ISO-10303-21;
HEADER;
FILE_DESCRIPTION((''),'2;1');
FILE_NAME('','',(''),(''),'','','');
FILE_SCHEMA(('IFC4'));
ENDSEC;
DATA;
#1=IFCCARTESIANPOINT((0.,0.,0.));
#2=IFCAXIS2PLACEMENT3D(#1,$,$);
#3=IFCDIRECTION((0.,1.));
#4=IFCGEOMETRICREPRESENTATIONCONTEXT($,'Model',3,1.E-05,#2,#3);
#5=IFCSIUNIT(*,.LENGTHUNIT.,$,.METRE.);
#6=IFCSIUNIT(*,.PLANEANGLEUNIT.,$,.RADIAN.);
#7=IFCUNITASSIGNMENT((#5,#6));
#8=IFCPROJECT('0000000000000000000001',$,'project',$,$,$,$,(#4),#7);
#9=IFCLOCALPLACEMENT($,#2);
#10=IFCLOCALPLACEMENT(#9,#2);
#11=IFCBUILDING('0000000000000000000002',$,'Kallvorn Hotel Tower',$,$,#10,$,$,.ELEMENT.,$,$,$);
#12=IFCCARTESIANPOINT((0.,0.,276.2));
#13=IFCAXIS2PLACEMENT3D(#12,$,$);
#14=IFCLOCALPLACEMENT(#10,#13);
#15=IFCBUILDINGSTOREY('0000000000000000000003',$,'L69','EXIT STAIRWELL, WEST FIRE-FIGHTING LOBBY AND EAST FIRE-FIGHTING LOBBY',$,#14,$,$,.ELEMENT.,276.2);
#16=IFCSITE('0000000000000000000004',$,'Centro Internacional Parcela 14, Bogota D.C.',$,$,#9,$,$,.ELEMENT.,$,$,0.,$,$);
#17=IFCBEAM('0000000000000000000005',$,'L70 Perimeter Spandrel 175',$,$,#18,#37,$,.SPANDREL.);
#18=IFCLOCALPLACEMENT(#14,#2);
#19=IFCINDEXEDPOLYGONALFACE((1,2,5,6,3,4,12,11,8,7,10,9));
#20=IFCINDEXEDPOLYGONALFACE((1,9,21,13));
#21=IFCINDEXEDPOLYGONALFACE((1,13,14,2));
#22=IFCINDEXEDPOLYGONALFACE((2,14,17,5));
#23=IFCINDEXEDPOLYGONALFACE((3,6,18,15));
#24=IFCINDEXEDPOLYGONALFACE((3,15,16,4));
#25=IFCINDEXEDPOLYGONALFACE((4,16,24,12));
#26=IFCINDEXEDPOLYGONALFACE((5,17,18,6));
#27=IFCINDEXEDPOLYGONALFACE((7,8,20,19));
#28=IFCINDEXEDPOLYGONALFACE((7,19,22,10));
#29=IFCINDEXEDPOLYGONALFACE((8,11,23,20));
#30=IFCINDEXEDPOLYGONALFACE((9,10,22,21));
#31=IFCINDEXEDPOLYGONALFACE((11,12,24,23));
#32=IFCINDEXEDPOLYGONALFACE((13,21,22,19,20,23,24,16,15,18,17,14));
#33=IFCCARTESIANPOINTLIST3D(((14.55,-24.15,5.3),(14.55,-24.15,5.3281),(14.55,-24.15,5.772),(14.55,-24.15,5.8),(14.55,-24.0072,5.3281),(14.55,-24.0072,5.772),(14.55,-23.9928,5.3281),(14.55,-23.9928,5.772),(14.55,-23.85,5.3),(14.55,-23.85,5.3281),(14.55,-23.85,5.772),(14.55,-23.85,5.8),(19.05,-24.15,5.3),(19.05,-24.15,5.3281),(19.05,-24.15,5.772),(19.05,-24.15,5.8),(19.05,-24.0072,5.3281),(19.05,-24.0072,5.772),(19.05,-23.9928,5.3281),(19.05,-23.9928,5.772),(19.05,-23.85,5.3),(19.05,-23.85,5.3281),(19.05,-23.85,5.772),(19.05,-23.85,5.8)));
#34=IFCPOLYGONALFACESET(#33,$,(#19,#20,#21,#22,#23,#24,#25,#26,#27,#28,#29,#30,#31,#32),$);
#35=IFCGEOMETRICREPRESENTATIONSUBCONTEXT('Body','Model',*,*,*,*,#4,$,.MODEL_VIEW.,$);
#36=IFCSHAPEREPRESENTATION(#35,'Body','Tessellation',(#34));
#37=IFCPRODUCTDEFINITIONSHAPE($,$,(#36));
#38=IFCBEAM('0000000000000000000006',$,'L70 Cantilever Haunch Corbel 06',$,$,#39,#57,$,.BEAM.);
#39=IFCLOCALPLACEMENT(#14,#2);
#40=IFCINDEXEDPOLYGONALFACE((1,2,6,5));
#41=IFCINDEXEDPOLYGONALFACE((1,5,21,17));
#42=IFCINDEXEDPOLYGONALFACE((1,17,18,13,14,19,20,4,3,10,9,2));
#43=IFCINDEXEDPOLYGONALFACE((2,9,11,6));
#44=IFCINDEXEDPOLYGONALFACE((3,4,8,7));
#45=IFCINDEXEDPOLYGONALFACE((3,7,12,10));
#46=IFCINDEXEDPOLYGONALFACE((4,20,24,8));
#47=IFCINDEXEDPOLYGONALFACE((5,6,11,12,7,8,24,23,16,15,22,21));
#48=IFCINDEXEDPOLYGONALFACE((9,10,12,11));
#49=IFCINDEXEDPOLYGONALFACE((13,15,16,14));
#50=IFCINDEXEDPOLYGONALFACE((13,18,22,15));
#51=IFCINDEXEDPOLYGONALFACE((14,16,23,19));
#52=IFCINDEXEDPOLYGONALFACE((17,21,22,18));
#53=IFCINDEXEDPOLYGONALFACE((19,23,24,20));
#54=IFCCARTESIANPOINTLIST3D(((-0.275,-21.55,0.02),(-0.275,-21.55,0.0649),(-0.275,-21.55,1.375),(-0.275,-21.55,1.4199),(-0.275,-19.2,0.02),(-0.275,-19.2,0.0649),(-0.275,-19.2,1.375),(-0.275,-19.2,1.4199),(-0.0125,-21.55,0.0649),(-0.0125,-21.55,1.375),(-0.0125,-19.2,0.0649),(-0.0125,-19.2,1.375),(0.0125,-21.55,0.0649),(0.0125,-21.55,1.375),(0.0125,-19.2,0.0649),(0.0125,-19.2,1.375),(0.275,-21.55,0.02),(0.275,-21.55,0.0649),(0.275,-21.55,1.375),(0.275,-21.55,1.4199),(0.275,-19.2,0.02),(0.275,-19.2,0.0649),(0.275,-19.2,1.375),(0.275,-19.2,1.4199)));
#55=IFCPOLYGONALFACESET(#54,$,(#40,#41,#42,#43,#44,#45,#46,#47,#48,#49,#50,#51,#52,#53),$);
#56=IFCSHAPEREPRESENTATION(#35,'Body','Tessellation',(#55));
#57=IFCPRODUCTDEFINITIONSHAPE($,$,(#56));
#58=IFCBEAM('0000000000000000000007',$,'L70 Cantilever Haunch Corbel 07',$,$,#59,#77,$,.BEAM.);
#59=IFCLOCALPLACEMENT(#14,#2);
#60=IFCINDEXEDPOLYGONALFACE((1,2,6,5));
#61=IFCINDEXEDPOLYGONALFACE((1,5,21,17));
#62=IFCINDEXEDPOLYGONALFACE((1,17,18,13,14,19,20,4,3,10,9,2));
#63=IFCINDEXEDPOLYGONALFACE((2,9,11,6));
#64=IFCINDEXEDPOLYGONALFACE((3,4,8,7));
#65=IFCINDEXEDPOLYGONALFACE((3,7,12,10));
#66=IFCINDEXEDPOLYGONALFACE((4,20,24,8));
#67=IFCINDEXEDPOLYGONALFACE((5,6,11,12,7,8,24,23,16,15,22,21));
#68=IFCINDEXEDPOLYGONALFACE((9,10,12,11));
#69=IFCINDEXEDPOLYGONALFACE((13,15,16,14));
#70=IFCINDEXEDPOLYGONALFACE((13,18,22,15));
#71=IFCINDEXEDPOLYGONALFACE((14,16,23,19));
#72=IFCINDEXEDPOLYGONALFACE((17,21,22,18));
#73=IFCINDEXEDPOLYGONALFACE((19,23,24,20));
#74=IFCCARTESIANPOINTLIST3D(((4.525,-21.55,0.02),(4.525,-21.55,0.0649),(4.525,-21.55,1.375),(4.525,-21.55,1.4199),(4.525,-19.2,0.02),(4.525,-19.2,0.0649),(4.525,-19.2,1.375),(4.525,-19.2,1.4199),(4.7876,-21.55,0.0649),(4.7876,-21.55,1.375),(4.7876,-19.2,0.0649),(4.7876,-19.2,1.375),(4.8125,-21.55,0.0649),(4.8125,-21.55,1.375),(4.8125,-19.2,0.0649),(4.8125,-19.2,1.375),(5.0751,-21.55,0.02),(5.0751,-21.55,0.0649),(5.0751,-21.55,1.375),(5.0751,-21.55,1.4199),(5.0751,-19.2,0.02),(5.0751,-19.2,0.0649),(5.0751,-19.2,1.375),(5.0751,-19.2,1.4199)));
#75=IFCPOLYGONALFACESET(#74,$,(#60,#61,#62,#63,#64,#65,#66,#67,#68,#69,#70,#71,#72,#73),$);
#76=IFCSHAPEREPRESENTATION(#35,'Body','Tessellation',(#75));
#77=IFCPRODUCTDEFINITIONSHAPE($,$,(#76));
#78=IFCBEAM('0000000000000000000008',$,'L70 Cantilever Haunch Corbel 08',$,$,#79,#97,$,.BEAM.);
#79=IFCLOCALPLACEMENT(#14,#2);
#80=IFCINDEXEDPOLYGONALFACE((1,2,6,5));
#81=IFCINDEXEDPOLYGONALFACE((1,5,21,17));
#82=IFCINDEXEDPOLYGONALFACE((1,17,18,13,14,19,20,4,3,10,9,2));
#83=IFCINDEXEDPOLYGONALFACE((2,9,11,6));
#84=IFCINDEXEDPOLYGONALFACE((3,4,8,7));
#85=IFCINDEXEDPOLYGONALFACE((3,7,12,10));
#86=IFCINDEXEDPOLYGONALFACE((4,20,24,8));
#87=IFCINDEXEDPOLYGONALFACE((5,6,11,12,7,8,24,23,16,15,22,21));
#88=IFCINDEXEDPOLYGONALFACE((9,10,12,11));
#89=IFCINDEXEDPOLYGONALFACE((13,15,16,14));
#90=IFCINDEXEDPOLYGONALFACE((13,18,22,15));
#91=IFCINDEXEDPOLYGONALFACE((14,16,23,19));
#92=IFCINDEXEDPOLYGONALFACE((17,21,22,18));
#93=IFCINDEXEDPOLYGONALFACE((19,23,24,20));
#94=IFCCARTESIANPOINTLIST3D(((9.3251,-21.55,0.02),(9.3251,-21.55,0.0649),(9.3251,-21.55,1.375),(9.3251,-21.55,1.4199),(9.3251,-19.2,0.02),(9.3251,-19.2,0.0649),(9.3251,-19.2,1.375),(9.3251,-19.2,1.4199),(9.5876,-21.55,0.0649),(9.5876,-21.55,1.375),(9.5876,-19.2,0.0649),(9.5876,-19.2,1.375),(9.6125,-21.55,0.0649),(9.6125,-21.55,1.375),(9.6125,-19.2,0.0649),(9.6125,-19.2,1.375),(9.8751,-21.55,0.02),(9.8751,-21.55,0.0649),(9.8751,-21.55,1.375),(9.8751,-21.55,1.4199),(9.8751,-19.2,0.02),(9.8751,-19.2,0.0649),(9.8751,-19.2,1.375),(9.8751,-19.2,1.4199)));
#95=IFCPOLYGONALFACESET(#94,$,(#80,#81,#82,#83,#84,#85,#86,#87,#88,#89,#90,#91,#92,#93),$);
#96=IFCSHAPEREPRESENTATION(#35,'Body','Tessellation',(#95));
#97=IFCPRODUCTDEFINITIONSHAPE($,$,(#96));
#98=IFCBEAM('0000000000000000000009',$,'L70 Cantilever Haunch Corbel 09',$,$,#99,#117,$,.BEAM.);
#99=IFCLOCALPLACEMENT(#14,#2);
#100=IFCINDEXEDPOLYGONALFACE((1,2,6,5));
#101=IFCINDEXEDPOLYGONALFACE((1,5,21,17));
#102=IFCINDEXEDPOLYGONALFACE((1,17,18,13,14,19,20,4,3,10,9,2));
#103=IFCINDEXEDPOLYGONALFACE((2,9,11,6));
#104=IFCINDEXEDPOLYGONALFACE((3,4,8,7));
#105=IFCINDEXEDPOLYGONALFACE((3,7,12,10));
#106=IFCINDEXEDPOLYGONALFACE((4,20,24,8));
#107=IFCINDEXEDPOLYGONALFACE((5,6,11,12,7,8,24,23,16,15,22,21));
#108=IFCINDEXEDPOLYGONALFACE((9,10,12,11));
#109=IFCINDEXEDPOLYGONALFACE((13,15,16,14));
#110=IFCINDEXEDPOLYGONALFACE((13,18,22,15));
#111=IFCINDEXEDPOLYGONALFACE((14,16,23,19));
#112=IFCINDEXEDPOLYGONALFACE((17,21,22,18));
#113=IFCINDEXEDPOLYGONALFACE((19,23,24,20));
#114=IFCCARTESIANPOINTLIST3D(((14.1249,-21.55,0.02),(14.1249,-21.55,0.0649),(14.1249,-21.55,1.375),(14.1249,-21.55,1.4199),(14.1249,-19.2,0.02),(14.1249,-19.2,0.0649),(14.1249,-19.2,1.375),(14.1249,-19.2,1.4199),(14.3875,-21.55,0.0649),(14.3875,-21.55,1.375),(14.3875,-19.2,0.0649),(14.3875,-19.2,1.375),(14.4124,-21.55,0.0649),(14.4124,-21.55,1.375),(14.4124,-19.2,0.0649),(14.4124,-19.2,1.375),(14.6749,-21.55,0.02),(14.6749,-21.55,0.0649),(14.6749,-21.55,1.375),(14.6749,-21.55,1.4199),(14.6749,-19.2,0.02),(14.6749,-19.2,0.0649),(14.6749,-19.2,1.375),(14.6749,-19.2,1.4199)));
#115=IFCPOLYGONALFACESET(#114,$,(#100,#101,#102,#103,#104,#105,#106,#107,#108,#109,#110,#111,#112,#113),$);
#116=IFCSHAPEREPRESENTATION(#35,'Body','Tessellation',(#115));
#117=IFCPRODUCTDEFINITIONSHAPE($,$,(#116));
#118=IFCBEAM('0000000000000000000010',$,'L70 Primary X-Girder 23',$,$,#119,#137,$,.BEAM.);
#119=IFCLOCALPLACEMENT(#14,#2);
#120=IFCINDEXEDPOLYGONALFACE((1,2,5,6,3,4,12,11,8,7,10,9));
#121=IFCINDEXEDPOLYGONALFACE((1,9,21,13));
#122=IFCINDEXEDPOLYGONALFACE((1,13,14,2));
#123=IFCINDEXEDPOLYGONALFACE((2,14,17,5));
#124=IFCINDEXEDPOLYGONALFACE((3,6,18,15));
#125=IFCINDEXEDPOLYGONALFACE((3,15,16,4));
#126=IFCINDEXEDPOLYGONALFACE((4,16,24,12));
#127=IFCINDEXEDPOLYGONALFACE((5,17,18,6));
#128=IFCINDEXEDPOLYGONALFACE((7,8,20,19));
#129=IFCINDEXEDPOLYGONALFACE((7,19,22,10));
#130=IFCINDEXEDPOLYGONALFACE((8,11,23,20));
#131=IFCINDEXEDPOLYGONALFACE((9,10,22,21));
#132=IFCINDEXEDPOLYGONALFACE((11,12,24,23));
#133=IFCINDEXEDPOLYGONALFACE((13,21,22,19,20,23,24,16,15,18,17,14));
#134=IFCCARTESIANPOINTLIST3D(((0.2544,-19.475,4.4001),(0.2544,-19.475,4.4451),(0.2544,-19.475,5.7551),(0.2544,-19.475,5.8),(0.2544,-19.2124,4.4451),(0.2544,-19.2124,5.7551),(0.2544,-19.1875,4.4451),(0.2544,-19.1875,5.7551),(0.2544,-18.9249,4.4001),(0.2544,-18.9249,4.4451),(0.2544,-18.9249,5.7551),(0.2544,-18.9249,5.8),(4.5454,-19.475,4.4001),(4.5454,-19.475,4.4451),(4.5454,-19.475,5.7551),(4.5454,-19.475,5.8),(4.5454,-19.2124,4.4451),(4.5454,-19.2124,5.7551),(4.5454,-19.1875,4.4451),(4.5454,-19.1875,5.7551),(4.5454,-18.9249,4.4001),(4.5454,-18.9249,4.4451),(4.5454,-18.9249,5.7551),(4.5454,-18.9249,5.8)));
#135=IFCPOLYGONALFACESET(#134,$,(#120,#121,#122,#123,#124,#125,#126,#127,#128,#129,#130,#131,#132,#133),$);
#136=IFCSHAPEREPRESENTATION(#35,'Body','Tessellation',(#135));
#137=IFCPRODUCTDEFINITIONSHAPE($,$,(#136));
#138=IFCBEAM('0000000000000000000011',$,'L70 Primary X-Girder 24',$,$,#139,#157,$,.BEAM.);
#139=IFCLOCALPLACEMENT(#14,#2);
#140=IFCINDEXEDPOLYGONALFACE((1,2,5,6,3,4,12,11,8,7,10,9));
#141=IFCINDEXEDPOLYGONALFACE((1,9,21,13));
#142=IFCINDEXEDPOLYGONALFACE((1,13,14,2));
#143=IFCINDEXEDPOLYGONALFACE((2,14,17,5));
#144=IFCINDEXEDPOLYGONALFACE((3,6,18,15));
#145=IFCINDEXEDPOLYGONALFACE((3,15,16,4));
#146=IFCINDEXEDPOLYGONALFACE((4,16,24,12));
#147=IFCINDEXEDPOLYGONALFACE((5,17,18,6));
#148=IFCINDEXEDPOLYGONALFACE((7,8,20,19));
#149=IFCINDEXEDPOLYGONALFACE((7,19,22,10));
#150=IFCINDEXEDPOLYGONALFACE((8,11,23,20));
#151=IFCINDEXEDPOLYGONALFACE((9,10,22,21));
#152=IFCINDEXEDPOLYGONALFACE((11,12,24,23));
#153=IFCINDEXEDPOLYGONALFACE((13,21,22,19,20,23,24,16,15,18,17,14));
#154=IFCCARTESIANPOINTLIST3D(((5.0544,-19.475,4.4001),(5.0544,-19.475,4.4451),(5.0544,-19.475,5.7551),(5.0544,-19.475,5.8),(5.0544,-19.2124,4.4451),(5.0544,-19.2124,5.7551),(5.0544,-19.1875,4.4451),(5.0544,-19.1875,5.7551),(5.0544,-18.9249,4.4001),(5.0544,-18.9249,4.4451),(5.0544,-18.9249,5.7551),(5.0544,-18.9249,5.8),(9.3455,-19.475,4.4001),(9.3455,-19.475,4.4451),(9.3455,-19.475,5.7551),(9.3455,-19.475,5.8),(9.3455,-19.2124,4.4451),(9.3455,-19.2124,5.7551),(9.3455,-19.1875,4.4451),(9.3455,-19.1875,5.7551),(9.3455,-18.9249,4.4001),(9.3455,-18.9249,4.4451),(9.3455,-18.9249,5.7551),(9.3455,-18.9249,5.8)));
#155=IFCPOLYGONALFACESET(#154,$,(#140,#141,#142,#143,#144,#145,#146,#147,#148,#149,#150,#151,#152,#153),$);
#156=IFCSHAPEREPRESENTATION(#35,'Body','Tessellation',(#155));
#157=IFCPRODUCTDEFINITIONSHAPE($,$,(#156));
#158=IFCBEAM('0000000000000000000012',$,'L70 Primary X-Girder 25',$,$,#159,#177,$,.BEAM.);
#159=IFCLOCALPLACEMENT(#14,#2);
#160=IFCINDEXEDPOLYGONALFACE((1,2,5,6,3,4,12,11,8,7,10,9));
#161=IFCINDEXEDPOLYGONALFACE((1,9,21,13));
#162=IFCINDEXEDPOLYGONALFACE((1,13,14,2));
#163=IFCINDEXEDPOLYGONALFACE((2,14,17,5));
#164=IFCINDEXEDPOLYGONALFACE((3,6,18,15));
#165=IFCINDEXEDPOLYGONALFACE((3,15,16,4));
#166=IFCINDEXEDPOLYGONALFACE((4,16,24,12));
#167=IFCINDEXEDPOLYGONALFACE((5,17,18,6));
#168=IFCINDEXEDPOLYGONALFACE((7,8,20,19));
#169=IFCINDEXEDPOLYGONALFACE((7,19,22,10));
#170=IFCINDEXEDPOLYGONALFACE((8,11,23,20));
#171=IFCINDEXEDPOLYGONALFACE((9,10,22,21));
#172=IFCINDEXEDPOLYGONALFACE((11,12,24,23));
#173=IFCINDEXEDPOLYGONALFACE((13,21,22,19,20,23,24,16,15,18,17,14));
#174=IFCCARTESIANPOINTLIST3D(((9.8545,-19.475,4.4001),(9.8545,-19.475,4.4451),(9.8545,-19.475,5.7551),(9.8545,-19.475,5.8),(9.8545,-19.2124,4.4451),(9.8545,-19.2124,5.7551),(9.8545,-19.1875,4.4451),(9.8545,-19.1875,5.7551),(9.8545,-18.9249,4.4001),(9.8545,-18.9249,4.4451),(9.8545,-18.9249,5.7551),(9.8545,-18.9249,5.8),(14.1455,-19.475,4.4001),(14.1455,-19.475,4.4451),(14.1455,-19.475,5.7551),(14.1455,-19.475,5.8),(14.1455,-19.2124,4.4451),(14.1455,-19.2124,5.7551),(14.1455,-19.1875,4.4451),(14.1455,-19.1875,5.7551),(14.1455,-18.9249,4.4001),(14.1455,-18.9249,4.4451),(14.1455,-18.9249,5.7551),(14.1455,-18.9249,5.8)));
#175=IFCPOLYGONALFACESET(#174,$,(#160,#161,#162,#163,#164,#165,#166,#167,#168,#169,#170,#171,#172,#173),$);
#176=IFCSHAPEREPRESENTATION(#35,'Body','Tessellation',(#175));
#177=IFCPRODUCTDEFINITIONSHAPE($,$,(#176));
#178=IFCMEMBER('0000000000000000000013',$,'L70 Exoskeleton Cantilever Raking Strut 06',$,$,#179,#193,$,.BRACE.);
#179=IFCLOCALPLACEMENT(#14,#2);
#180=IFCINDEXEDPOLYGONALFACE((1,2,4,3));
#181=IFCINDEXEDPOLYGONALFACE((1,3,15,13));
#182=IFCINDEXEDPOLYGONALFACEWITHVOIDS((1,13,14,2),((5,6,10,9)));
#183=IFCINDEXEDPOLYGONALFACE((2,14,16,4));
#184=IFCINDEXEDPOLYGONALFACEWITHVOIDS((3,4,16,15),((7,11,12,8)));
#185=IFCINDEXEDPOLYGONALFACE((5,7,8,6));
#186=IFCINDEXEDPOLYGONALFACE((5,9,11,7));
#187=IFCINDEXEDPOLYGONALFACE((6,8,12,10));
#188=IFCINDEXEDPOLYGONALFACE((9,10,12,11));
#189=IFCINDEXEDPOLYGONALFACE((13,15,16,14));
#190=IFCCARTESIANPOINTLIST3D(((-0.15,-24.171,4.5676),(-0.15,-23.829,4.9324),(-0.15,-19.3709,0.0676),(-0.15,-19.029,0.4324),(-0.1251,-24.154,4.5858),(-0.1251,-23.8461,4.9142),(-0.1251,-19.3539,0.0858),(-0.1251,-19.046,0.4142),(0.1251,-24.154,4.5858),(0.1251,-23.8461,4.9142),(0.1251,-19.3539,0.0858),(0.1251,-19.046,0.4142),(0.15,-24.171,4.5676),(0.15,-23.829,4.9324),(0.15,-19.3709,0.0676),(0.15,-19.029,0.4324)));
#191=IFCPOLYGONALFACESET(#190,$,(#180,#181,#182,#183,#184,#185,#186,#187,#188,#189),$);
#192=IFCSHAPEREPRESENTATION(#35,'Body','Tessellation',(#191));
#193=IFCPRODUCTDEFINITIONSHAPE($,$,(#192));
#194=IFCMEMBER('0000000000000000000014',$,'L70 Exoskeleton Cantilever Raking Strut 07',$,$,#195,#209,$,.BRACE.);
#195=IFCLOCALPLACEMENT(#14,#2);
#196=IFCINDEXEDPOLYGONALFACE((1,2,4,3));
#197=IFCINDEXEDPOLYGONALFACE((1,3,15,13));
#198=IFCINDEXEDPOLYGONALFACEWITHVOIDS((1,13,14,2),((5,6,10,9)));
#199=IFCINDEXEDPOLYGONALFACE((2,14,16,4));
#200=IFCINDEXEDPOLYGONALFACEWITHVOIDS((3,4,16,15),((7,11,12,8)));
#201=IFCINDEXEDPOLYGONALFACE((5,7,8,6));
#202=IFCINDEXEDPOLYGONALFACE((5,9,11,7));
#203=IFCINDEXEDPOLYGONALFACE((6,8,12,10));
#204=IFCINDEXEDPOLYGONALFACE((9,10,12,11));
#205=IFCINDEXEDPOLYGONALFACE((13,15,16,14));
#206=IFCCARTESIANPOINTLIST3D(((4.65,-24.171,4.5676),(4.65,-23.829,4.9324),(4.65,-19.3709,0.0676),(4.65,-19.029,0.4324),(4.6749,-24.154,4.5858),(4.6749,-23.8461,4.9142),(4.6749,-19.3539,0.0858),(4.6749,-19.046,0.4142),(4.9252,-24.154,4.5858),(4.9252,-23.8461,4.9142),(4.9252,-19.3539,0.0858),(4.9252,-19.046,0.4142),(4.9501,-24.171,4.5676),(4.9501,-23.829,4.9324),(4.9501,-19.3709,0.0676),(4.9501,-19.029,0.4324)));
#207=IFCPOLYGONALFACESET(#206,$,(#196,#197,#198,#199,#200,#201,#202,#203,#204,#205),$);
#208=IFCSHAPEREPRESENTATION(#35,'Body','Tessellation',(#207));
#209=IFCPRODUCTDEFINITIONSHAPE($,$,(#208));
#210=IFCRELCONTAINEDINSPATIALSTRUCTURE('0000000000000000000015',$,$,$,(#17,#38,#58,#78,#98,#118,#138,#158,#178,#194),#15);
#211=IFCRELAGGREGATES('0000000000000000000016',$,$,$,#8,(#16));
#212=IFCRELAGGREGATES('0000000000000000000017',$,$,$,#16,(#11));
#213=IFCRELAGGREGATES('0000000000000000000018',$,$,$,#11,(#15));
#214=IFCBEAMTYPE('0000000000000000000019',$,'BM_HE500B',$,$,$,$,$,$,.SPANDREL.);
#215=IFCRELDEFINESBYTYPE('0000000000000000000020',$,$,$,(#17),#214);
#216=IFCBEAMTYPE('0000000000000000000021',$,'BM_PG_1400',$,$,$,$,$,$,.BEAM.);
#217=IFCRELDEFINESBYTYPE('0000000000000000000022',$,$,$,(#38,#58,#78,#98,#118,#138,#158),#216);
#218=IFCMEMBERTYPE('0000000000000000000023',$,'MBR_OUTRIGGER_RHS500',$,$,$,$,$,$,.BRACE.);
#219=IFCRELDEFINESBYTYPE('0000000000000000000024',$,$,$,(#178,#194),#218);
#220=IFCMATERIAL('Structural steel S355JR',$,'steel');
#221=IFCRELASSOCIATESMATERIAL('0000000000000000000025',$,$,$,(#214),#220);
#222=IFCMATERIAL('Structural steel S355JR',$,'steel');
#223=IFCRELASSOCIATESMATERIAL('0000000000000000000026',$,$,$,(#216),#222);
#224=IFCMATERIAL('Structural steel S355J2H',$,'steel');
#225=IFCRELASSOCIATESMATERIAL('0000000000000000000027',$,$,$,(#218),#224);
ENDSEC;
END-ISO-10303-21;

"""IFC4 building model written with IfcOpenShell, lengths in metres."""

from ifc_helpers import new_model, si_unit, direction, frame, origin, origin_2d, place, context, subcontext, project, spatial, hollow_rectangle, i_section, extrude, material, material_profile, profile_set, type_object, element, save


model = new_model("IFC4")

# Units and contexts
model_context = context("Model", 3, precision=1e-05, world=origin(), true_north=direction((0.0, 1.0)))
body_context = subcontext(model_context, "Body", "Model", "MODEL_VIEW")
ifc_project = project(units=[si_unit("LENGTHUNIT", "METRE"), si_unit("PLANEANGLEUNIT", "RADIAN")], contexts=[model_context])

# Site, building, storey
site_placement = place(None, origin())
site = spatial("IfcSite", under=ifc_project, at=site_placement, Name="Centro Internacional Parcela 14, Bogota D.C.", CompositionType="ELEMENT", RefElevation=0.0)
building_placement = place(site_placement, origin())
building = spatial("IfcBuilding", under=site, at=building_placement, Name="Kallvorn Hotel Tower", CompositionType="ELEMENT")
storey_placement = place(building_placement, frame((0.0, 0.0, 276.2)))
storey = spatial("IfcBuildingStorey", under=building, at=storey_placement, Name="L69", Description="EXIT STAIRWELL, WEST FIRE-FIGHTING LOBBY AND EAST FIRE-FIGHTING LOBBY", CompositionType="ELEMENT", Elevation=276.2)

# Beams
ifc_material_1 = material(Name="Structural steel S355JR", Category="steel")
ifc_material_profile_1 = material_profile(ifc_material_1, i_section(OverallWidth=0.3, OverallDepth=0.5, WebThickness=0.0144, FlangeThickness=0.0281, at=origin_2d()), Name="HE 500 B")
ifc_profile_set_1 = profile_set([ifc_material_profile_1], Name="Structural steel S355JR")
beam_type_1 = type_object("IfcBeamType", Name="BM_HE500B", PredefinedType="SPANDREL", material=ifc_profile_set_1)
for number, where, z_axis, x_axis, name in (
    (1, (14.55, -24.0, 5.55), (1.0, 0.0, 0.0), (0.0, 1.0, 0.0), "L70 Perimeter Spandrel 175"),
):
    element("IfcBeam", number, at=place(storey_placement, frame(where, z_axis=z_axis, x_axis=x_axis)), inside=storey, type_object=beam_type_1, Name=name, PredefinedType="SPANDREL", context=body_context, shape_type="SweptSolid", body=[
        extrude(i_section(OverallWidth=0.3, OverallDepth=0.5, WebThickness=0.0144, FlangeThickness=0.0281, at=origin_2d()), origin(), (0.0, 0.0, 1.0), 4.5),
    ])
ifc_material_2 = material(Name="Structural steel S355JR", Category="steel")
ifc_material_profile_2 = material_profile(ifc_material_2, i_section(OverallWidth=0.55, OverallDepth=1.3999, WebThickness=0.0249, FlangeThickness=0.0449, at=origin_2d()), Name="PG 1400x550x25x45")
ifc_profile_set_2 = profile_set([ifc_material_profile_2], Name="Structural steel S355JR")
beam_type_2 = type_object("IfcBeamType", Name="BM_PG_1400", PredefinedType="BEAM", material=ifc_profile_set_2)
for number, where, z_axis, x_axis, name in (
    (2, (0.0, -19.2, 0.72), (0.0, -1.0, 0.0), (1.0, 0.0, 0.0), "L70 Cantilever Haunch Corbel 06"),
    (3, (4.8, -19.2, 0.72), (0.0, -1.0, 0.0), (1.0, 0.0, 0.0), "L70 Cantilever Haunch Corbel 07"),
    (4, (9.6001, -19.2, 0.72), (0.0, -1.0, 0.0), (1.0, 0.0, 0.0), "L70 Cantilever Haunch Corbel 08"),
    (5, (14.3999, -19.2, 0.72), (0.0, -1.0, 0.0), (1.0, 0.0, 0.0), "L70 Cantilever Haunch Corbel 09"),
):
    element("IfcBeam", number, at=place(storey_placement, frame(where, z_axis=z_axis, x_axis=x_axis)), inside=storey, type_object=beam_type_2, Name=name, PredefinedType="BEAM", context=body_context, shape_type="SweptSolid", body=[
        extrude(i_section(OverallWidth=0.55, OverallDepth=1.3999, WebThickness=0.0249, FlangeThickness=0.0449, at=origin_2d()), origin(), (0.0, 0.0, 1.0), 2.3501),
    ])
for number, where, z_axis, x_axis, name in (
    (6, (0.2544, -19.2, 5.1001), (1.0, 0.0, 0.0), (0.0, 1.0, 0.0), "L70 Primary X-Girder 23"),
    (7, (5.0544, -19.2, 5.1001), (1.0, 0.0, 0.0), (0.0, 1.0, 0.0), "L70 Primary X-Girder 24"),
    (8, (9.8545, -19.2, 5.1001), (1.0, 0.0, 0.0), (0.0, 1.0, 0.0), "L70 Primary X-Girder 25"),
):
    element("IfcBeam", number, at=place(storey_placement, frame(where, z_axis=z_axis, x_axis=x_axis)), inside=storey, type_object=beam_type_2, Name=name, PredefinedType="BEAM", context=body_context, shape_type="SweptSolid", body=[
        extrude(i_section(OverallWidth=0.55, OverallDepth=1.3999, WebThickness=0.0249, FlangeThickness=0.0449, at=origin_2d()), origin(), (0.0, 0.0, 1.0), 4.291),
    ])

# Members
ifc_material_3 = material(Name="Structural steel S355J2H", Category="steel")
ifc_material_profile_3 = material_profile(ifc_material_3, hollow_rectangle(XDim=0.3, YDim=0.5, WallThickness=0.0249, at=origin_2d()), Name="RHS 500x300x25")
ifc_profile_set_3 = profile_set([ifc_material_profile_3], Name="Structural steel S355J2H")
member_type = type_object("IfcMemberType", Name="MBR_OUTRIGGER_RHS500", PredefinedType="BRACE", material=ifc_profile_set_3)
for number, where, z_axis, x_axis, name in (
    (9, (0.0, -19.2, 0.25), (0.0, -0.729541, 0.683937), (1.0, 0.0, 0.0), "L70 Exoskeleton Cantilever Raking Strut 06"),
    (10, (4.8, -19.2, 0.25), (0.0, -0.729541, 0.683937), (1.0, 0.0, 0.0), "L70 Exoskeleton Cantilever Raking Strut 07"),
):
    element("IfcMember", number, at=place(storey_placement, frame(where, z_axis=z_axis, x_axis=x_axis)), inside=storey, type_object=member_type, Name=name, PredefinedType="BRACE", context=body_context, shape_type="SweptSolid", body=[
        extrude(hollow_rectangle(XDim=0.3, YDim=0.5, WallThickness=0.0249, at=origin_2d()), origin(), (0.0, 0.0, 1.0), 6.5796),
    ])

save(model, "model.ifc")
